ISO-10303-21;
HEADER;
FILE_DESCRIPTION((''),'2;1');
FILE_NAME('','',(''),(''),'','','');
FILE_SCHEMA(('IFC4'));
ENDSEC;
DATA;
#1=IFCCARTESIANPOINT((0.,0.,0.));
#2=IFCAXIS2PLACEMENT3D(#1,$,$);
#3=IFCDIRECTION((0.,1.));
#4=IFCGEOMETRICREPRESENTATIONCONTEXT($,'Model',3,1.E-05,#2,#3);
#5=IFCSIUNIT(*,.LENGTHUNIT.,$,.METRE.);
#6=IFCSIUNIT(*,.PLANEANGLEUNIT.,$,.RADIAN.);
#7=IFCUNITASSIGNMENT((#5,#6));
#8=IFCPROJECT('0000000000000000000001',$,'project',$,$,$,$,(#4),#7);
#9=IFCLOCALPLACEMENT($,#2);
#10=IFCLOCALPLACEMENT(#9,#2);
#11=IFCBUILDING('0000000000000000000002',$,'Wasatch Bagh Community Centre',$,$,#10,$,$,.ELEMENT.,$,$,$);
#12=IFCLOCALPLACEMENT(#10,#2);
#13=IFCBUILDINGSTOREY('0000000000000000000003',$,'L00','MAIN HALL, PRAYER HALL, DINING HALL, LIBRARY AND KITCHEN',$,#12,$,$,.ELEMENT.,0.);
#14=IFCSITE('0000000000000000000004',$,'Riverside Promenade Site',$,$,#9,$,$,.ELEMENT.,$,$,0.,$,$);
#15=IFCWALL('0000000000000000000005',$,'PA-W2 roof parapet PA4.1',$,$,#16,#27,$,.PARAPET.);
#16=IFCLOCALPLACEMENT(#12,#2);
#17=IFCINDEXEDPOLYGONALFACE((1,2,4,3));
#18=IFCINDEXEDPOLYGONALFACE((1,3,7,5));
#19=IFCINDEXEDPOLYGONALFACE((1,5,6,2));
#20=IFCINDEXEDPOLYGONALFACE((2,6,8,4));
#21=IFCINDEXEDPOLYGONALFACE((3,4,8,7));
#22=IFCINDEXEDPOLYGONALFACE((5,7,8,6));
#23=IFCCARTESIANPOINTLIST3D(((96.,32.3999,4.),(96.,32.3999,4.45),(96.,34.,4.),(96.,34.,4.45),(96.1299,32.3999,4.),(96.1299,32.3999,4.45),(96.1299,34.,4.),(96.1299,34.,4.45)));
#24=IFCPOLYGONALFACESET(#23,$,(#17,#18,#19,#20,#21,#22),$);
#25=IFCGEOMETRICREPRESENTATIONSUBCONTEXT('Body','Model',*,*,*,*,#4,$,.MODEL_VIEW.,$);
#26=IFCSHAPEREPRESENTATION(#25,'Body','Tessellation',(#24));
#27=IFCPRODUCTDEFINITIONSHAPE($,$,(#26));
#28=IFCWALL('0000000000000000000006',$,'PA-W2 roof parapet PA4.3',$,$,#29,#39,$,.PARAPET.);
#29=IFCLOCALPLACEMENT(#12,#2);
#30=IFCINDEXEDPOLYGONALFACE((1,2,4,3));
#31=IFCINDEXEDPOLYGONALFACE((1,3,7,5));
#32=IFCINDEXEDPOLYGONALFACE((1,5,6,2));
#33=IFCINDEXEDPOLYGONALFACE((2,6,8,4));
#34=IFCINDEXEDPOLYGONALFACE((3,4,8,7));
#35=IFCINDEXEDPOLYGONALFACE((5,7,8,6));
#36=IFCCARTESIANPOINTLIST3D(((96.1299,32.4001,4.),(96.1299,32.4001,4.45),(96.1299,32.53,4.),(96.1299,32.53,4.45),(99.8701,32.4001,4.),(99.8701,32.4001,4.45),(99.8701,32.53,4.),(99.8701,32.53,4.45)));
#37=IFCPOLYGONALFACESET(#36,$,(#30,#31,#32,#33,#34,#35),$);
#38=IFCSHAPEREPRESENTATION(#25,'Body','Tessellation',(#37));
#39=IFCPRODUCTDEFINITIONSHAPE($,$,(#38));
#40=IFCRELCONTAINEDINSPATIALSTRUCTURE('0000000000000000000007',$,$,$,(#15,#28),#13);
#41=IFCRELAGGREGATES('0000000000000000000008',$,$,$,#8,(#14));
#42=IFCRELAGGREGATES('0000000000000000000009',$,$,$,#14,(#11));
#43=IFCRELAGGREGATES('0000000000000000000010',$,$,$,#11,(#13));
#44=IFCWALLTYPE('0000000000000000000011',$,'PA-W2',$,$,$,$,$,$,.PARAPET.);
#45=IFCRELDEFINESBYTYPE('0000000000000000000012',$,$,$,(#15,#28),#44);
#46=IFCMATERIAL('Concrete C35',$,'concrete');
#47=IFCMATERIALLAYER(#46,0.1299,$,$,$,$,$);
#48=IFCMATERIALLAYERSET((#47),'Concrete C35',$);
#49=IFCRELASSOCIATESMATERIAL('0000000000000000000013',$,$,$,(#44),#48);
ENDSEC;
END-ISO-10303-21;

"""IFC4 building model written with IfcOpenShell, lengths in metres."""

from ifc_helpers import new_model, si_unit, direction, frame, frame_2d, origin, place, context, subcontext, project, spatial, rectangle, extrude, material, layer, layer_set, type_object, element, save


model = new_model("IFC4")

# Units and contexts
model_context = context("Model", 3, precision=1e-05, world=origin(), true_north=direction((0.0, 1.0)))
body_context = subcontext(model_context, "Body", "Model", "MODEL_VIEW")
ifc_project = project(units=[si_unit("LENGTHUNIT", "METRE"), si_unit("PLANEANGLEUNIT", "RADIAN")], contexts=[model_context])

# Site, building, storey
site_placement = place(None, origin())
site = spatial("IfcSite", under=ifc_project, at=site_placement, Name="Riverside Promenade Site", CompositionType="ELEMENT", RefElevation=0.0)
building_placement = place(site_placement, origin())
building = spatial("IfcBuilding", under=site, at=building_placement, Name="Wasatch Bagh Community Centre", CompositionType="ELEMENT")
storey_placement = place(building_placement, origin())
storey = spatial("IfcBuildingStorey", under=building, at=storey_placement, Name="L00", Description="MAIN HALL, PRAYER HALL, DINING HALL, LIBRARY AND KITCHEN", CompositionType="ELEMENT", Elevation=0.0)

# Shared definitions
ifc_material_1 = material(Name="Concrete C35", Category="concrete")

# Walls
ifc_layer_1 = layer(ifc_material_1, 0.1299)
ifc_layer_set_1 = layer_set([ifc_layer_1], Name="Concrete C35")
wall_type_1 = type_object("IfcWallType", Name="PA-W2", PredefinedType="PARAPET", material=ifc_layer_set_1)
wall_1_placement = place(storey_placement, frame((96.0649, 32.3999, 4.0), z_axis=(0.0, 0.0, 1.0), x_axis=(0.0, 1.0, 0.0)))
element("IfcWall", 1, at=wall_1_placement, inside=storey, type_object=wall_type_1, Name="PA-W2 roof parapet PA4.1", PredefinedType="PARAPET", context=body_context, shape_type="SweptSolid", body=[
    extrude(rectangle(XDim=1.6001, YDim=0.1299, at=frame_2d((0.8, 0.0))), origin(), (0.0, 0.0, 1.0), 0.45),
])
wall_2_placement = place(storey_placement, frame((96.1299, 32.4651, 4.0), z_axis=(0.0, 0.0, 1.0), x_axis=(1.0, 0.0, 0.0)))
element("IfcWall", 2, at=wall_2_placement, inside=storey, type_object=wall_type_1, Name="PA-W2 roof parapet PA4.3", PredefinedType="PARAPET", context=body_context, shape_type="SweptSolid", body=[
    extrude(rectangle(XDim=3.7402, YDim=0.1299, at=frame_2d((1.8701, 0.0))), origin(), (0.0, 0.0, 1.0), 0.45),
])

save(model, "model.ifc")
